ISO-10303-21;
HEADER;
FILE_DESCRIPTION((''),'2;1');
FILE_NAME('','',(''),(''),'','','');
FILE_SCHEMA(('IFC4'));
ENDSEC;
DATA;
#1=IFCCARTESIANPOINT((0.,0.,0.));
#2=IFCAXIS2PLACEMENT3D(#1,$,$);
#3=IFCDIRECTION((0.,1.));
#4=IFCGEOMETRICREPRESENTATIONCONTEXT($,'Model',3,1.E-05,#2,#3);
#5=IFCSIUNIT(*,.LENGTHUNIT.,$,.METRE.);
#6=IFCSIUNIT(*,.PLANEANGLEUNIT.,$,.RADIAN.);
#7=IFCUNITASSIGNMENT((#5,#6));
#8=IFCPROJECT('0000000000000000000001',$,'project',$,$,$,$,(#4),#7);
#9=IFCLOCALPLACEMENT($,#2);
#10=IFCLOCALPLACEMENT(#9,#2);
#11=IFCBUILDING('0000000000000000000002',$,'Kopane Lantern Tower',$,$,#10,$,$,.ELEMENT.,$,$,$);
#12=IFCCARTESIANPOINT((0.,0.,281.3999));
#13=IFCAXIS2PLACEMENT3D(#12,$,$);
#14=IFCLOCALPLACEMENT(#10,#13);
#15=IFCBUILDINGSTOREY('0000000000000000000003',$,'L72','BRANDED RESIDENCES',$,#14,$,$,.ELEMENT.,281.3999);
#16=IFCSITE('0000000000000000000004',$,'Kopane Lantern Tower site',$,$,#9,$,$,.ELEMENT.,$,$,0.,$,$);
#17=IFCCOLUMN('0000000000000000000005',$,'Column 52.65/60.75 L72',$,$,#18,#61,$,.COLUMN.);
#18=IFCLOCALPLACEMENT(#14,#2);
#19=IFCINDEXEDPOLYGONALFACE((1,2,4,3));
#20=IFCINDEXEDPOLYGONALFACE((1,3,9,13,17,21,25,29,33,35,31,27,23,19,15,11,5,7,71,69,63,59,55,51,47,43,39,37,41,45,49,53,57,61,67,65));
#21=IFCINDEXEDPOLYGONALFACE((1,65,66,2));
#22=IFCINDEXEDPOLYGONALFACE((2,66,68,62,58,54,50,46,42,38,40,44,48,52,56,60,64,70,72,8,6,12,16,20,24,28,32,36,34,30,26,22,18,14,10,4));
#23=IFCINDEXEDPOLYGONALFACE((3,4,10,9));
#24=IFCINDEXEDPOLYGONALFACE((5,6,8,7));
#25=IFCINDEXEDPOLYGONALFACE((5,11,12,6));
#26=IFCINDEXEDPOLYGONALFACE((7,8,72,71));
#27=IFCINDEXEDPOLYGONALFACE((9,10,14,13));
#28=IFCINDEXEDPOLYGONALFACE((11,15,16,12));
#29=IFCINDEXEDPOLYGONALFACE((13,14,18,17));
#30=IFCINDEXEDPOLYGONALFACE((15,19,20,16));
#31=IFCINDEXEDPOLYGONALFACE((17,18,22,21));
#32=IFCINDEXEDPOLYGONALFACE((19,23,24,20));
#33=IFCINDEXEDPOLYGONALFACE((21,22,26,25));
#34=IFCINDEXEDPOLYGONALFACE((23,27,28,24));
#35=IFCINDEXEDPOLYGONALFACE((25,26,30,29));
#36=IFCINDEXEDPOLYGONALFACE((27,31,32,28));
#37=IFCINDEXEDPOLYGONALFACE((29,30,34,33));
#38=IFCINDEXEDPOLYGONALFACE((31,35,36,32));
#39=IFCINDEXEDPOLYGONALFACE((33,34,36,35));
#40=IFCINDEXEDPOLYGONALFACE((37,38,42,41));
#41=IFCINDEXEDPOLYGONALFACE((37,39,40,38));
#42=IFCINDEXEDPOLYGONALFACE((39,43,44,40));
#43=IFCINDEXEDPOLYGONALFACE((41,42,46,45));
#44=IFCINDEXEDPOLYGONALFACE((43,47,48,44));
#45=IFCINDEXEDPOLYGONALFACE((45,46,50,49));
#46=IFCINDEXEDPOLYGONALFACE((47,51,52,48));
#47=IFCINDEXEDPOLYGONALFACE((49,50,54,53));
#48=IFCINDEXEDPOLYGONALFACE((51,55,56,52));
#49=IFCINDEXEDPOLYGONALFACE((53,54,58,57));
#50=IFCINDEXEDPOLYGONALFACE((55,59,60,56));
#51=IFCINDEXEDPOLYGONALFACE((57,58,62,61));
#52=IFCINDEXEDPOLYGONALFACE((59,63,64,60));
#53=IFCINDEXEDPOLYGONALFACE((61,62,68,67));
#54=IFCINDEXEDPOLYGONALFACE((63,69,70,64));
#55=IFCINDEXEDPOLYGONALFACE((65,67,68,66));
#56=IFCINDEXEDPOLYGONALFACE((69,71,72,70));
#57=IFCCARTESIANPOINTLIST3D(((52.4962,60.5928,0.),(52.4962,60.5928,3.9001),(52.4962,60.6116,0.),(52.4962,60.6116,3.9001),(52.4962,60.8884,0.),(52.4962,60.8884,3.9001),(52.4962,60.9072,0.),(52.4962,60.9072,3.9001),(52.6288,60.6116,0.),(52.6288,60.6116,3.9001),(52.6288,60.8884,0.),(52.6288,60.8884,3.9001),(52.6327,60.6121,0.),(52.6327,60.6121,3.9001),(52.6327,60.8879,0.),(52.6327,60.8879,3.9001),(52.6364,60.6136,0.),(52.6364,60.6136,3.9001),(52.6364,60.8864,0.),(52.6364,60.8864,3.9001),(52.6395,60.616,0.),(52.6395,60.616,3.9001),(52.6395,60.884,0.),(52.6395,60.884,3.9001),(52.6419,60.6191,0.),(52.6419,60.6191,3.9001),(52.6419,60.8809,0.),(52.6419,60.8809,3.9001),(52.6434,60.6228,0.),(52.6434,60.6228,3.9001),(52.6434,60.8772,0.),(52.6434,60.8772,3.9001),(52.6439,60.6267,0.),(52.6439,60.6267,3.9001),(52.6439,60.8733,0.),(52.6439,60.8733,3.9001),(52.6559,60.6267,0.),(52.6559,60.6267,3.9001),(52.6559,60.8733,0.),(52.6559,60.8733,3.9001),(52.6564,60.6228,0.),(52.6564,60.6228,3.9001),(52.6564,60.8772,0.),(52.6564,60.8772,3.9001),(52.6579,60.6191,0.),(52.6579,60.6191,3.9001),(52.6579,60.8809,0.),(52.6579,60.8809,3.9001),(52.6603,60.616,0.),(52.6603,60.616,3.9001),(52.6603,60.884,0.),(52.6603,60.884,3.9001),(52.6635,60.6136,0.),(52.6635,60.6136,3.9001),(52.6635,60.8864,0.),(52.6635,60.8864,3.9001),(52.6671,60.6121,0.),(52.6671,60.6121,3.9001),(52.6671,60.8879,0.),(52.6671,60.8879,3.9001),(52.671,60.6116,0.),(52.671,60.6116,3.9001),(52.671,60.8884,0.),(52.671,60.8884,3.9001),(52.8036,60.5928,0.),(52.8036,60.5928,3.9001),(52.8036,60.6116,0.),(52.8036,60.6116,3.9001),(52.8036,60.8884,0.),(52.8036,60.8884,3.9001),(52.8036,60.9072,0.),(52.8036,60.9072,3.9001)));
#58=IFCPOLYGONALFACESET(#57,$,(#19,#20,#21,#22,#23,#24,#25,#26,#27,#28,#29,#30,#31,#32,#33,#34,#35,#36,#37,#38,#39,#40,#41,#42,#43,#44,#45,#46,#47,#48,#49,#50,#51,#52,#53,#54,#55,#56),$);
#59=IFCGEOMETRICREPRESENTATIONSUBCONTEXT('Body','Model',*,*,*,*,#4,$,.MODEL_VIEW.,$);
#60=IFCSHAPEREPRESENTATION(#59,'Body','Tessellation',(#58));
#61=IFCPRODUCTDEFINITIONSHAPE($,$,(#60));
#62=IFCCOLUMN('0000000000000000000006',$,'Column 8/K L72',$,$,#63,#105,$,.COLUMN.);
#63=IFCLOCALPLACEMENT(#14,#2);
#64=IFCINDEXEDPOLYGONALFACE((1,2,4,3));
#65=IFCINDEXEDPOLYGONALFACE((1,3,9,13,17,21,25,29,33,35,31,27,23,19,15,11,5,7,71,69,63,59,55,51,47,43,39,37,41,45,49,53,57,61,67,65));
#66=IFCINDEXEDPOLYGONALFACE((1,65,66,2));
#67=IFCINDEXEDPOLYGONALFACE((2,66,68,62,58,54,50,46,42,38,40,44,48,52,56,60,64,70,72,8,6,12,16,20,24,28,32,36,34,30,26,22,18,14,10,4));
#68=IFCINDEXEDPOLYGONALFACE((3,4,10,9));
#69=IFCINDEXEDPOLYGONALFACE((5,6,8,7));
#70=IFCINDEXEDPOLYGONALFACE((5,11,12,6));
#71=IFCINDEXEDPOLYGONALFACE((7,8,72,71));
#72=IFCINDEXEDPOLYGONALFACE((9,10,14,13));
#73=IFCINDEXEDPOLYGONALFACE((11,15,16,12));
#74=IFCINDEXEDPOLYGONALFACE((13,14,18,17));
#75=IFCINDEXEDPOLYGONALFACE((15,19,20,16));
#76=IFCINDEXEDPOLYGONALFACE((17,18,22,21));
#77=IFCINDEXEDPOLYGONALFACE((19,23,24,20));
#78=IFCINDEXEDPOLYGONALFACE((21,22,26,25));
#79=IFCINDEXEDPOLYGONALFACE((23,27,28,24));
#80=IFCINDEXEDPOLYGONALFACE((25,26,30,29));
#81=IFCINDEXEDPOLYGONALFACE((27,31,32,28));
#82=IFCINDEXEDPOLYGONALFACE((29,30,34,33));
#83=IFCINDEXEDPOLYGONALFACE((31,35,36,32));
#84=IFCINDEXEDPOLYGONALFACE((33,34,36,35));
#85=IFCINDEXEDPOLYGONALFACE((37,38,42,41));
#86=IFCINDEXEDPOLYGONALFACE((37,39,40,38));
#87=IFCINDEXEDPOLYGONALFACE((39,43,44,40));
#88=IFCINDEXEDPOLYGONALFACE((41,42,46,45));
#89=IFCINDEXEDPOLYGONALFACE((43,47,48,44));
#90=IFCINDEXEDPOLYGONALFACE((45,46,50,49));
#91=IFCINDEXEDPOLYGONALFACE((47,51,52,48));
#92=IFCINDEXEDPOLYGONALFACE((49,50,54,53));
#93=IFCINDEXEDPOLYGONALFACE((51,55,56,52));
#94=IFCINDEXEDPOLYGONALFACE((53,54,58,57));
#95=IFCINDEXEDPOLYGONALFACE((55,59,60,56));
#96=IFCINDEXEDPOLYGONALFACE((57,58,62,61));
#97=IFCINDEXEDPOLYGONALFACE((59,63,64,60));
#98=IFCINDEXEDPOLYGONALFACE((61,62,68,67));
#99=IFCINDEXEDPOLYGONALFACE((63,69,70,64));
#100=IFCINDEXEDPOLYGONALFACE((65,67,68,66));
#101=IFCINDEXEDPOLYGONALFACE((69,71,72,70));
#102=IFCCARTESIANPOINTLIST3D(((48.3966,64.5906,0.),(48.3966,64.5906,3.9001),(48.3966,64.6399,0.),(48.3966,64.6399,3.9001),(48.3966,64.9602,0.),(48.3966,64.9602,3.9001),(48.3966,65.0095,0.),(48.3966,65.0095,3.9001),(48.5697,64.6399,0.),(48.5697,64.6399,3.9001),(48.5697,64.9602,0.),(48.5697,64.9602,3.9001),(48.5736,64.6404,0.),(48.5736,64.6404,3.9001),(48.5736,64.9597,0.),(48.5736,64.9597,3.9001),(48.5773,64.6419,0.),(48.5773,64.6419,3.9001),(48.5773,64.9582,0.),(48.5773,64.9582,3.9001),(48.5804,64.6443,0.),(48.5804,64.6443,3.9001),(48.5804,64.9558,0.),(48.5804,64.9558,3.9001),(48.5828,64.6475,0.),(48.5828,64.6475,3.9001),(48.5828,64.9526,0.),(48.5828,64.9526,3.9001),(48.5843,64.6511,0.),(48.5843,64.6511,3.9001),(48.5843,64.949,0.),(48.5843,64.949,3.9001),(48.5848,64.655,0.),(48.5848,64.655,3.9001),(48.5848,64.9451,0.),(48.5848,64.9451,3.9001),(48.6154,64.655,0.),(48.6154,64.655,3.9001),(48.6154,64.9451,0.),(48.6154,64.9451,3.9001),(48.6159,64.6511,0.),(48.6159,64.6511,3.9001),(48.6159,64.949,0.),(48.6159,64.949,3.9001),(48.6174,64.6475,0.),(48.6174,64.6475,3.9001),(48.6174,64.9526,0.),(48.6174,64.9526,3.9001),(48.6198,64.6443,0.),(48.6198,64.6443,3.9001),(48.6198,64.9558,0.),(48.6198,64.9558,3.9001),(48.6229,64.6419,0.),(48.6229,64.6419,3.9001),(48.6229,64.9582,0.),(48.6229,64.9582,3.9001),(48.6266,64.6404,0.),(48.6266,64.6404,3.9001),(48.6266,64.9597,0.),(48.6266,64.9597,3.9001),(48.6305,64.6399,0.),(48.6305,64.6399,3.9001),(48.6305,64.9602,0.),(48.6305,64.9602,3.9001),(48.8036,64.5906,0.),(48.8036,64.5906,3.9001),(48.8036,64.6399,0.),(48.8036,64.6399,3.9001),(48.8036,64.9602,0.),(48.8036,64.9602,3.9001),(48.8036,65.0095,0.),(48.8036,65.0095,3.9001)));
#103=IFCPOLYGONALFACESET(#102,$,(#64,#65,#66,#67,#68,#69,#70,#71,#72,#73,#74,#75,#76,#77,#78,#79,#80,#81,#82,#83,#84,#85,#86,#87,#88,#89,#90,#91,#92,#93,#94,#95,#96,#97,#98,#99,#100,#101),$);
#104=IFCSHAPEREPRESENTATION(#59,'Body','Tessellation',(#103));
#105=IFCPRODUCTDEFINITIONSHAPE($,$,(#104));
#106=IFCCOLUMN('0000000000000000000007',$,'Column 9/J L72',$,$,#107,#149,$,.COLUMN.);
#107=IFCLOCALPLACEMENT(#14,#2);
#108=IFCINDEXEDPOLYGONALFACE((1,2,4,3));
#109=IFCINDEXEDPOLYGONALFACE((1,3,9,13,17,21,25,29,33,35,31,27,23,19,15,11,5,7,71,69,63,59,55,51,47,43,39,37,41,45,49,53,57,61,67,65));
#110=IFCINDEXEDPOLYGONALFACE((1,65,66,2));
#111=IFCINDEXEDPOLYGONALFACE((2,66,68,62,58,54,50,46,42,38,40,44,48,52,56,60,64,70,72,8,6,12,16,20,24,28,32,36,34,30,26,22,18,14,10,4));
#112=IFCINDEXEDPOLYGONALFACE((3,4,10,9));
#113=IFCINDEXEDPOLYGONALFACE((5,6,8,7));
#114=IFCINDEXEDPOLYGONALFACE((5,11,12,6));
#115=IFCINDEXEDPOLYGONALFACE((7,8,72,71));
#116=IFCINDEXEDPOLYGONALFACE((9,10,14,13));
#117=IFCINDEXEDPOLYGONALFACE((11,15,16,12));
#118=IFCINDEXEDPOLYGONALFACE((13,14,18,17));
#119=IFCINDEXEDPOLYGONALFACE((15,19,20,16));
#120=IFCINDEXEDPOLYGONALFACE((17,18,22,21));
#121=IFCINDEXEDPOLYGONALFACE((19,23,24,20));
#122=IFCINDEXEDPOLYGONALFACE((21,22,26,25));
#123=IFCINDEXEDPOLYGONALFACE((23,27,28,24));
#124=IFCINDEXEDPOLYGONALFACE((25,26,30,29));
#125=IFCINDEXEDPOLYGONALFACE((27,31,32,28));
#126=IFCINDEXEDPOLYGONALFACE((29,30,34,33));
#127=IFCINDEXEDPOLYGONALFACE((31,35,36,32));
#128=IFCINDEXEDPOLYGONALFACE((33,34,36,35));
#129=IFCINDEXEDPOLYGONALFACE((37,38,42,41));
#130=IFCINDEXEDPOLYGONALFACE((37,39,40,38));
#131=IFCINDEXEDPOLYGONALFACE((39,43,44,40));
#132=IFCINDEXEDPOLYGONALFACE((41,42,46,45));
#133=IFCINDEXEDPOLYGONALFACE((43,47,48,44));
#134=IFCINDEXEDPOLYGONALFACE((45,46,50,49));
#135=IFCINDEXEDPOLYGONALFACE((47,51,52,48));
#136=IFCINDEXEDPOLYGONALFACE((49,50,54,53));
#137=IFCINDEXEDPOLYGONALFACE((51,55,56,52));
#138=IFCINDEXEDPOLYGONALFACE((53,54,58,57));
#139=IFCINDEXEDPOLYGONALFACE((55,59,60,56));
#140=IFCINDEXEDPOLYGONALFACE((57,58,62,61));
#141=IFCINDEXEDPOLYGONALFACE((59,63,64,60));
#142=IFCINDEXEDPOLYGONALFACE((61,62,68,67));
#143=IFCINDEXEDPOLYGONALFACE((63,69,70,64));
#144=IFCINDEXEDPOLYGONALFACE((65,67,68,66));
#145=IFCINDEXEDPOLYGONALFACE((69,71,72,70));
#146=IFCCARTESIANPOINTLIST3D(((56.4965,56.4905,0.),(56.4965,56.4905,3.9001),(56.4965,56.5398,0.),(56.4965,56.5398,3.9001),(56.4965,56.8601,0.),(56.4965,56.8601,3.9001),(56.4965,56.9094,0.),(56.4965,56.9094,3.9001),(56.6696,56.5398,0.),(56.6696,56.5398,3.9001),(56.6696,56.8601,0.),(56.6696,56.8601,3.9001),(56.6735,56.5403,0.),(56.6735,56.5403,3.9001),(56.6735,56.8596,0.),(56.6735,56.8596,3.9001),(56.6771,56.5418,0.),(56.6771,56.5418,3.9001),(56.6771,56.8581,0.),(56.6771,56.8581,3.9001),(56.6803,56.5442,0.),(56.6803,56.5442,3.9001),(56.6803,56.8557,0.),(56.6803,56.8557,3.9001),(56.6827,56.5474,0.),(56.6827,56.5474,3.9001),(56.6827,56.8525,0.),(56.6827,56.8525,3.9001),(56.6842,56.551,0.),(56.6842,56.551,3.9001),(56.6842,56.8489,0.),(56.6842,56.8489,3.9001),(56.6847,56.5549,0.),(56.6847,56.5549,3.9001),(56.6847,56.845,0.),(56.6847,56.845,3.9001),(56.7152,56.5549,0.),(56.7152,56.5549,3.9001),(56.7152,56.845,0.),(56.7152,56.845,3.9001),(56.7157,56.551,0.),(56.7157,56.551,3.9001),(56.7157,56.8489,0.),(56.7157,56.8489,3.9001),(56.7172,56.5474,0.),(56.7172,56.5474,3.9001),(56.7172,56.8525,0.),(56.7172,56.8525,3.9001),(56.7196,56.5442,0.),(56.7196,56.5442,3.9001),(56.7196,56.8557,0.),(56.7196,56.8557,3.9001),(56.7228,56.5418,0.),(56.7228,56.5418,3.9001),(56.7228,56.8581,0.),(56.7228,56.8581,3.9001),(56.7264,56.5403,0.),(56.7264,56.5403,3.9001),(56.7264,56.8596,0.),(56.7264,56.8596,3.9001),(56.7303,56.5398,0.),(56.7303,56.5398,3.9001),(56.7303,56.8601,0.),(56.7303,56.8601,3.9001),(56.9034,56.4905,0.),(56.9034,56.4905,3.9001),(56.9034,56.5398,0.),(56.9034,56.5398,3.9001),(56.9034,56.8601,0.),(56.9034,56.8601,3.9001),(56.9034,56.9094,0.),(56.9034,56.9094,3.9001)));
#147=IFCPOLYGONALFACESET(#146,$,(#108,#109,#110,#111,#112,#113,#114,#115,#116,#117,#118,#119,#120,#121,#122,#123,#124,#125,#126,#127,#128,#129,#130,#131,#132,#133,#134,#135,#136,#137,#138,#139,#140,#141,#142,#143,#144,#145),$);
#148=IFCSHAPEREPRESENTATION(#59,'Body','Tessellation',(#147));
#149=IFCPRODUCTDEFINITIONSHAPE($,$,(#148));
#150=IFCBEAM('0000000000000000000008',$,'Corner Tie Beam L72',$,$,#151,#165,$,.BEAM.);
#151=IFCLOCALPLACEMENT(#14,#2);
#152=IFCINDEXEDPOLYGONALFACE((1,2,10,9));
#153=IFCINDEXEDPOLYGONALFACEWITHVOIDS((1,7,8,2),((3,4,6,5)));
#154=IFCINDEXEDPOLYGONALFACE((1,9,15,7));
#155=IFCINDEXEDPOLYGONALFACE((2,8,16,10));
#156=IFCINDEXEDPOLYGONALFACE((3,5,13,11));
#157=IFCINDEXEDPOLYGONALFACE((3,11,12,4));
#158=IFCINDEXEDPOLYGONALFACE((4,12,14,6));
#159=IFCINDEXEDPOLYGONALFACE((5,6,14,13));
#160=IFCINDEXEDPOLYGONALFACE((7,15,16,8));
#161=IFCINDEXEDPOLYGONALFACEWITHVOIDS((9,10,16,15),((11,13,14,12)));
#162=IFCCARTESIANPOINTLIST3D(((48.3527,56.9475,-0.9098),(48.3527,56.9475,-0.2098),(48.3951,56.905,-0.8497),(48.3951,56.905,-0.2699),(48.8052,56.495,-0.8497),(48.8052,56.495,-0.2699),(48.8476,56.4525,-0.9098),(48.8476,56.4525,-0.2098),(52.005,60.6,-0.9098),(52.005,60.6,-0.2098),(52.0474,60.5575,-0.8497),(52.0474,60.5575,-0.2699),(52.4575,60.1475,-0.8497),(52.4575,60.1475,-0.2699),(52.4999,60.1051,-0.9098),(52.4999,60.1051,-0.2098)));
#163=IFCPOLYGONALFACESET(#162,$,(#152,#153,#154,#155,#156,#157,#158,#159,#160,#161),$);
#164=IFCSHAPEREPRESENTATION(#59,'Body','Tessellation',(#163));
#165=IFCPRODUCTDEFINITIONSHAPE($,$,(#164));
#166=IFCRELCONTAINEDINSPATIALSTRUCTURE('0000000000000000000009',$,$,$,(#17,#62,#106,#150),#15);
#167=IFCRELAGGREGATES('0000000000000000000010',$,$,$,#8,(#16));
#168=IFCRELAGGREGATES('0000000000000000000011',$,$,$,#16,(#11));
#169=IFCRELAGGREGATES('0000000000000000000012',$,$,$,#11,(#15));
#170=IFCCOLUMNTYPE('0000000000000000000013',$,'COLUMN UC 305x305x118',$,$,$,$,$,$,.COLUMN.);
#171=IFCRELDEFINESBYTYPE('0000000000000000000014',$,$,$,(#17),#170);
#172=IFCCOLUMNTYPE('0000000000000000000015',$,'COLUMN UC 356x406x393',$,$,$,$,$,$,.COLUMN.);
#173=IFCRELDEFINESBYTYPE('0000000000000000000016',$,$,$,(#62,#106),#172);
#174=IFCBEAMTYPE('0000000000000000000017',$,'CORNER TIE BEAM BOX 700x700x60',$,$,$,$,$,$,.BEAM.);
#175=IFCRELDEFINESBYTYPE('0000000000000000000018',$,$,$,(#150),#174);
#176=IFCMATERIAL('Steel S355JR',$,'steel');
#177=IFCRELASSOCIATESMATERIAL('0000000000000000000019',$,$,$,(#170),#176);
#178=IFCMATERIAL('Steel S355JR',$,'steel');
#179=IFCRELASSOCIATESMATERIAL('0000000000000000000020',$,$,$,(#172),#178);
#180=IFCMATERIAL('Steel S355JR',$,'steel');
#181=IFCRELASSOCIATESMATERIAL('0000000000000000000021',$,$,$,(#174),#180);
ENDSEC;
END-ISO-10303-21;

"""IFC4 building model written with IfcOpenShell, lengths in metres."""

from ifc_helpers import new_model, si_unit, direction, frame, origin, origin_2d, place, context, subcontext, project, spatial, hollow_rectangle, i_section, extrude, material, material_profile, profile_set, type_object, element, save


model = new_model("IFC4")

# Units and contexts
model_context = context("Model", 3, precision=1e-05, world=origin(), true_north=direction((0.0, 1.0)))
body_context = subcontext(model_context, "Body", "Model", "MODEL_VIEW")
ifc_project = project(units=[si_unit("LENGTHUNIT", "METRE"), si_unit("PLANEANGLEUNIT", "RADIAN")], contexts=[model_context])

# Site, building, storey
site_placement = place(None, origin())
site = spatial("IfcSite", under=ifc_project, at=site_placement, Name="Kopane Lantern Tower site", CompositionType="ELEMENT", RefElevation=0.0)
building_placement = place(site_placement, origin())
building = spatial("IfcBuilding", under=site, at=building_placement, Name="Kopane Lantern Tower", CompositionType="ELEMENT")
storey_placement = place(building_placement, frame((0.0, 0.0, 281.3999)))
storey = spatial("IfcBuildingStorey", under=building, at=storey_placement, Name="L72", Description="BRANDED RESIDENCES", CompositionType="ELEMENT", Elevation=281.3999)

# Columns
ifc_material_1 = material(Name="Steel S355JR", Category="steel")
ifc_material_profile_1 = material_profile(ifc_material_1, i_section(OverallWidth=0.3074, OverallDepth=0.3145, WebThickness=0.012, FlangeThickness=0.0188, FilletRadius=0.0151, at=origin_2d()), Name="UC 305x305x118")
ifc_profile_set_1 = profile_set([ifc_material_profile_1], Name="Steel S355JR")
column_type_1 = type_object("IfcColumnType", Name="COLUMN UC 305x305x118", PredefinedType="COLUMN", material=ifc_profile_set_1)
column_placement = place(storey_placement, frame((52.6499, 60.75, 0.0), z_axis=(0.0, 0.0, 1.0), x_axis=(1.0, 0.0, 0.0)))
element("IfcColumn", 1, at=column_placement, inside=storey, type_object=column_type_1, Name="Column 52.65/60.75 L72", PredefinedType="COLUMN", context=body_context, shape_type="SweptSolid", body=[
    extrude(i_section(OverallWidth=0.3074, OverallDepth=0.3145, WebThickness=0.012, FlangeThickness=0.0188, FilletRadius=0.0151, at=origin_2d()), origin(), (0.0, 0.0, 1.0), 3.9001),
])
ifc_material_2 = material(Name="Steel S355JR", Category="steel")
ifc_material_profile_2 = material_profile(ifc_material_2, i_section(OverallWidth=0.407, OverallDepth=0.4189, WebThickness=0.0305, FlangeThickness=0.0493, FilletRadius=0.0151, at=origin_2d()), Name="UC 356x406x393")
ifc_profile_set_2 = profile_set([ifc_material_profile_2], Name="Steel S355JR")
column_type_2 = type_object("IfcColumnType", Name="COLUMN UC 356x406x393", PredefinedType="COLUMN", material=ifc_profile_set_2)
for number, where, z_axis, x_axis, name in (
    (2, (48.6001, 64.8, 0.0), (0.0, 0.0, 1.0), (1.0, 0.0, 0.0), "Column 8/K L72"),
    (3, (56.7, 56.7, 0.0), (0.0, 0.0, 1.0), (1.0, 0.0, 0.0), "Column 9/J L72"),
):
    element("IfcColumn", number, at=place(storey_placement, frame(where, z_axis=z_axis, x_axis=x_axis)), inside=storey, type_object=column_type_2, Name=name, PredefinedType="COLUMN", context=body_context, shape_type="SweptSolid", body=[
        extrude(i_section(OverallWidth=0.407, OverallDepth=0.4189, WebThickness=0.0305, FlangeThickness=0.0493, FilletRadius=0.0151, at=origin_2d()), origin(), (0.0, 0.0, 1.0), 3.9001),
    ])

# Beam
ifc_material_3 = material(Name="Steel S355JR", Category="steel")
ifc_material_profile_3 = material_profile(ifc_material_3, hollow_rectangle(XDim=0.7, YDim=0.7, WallThickness=0.0601, at=origin_2d()), Name="BOX 700x700x60")
ifc_profile_set_3 = profile_set([ifc_material_profile_3], Name="Steel S355JR")
beam_type_1 = type_object("IfcBeamType", Name="CORNER TIE BEAM BOX 700x700x60", PredefinedType="BEAM", material=ifc_profile_set_3)
beam_1_placement = place(storey_placement, frame((52.2524, 60.3525, -0.5598), z_axis=(-0.707083, -0.70713, 0.0), x_axis=(0.70713, -0.707083, 0.0)))
element("IfcBeam", 4, at=beam_1_placement, inside=storey, type_object=beam_type_1, Name="Corner Tie Beam L72", PredefinedType="BEAM", context=body_context, shape_type="SweptSolid", body=[
    extrude(hollow_rectangle(XDim=0.7, YDim=0.7, WallThickness=0.0601, at=origin_2d()), origin(), (0.0, 0.0, 1.0), 5.1653),
])

save(model, "model.ifc")
